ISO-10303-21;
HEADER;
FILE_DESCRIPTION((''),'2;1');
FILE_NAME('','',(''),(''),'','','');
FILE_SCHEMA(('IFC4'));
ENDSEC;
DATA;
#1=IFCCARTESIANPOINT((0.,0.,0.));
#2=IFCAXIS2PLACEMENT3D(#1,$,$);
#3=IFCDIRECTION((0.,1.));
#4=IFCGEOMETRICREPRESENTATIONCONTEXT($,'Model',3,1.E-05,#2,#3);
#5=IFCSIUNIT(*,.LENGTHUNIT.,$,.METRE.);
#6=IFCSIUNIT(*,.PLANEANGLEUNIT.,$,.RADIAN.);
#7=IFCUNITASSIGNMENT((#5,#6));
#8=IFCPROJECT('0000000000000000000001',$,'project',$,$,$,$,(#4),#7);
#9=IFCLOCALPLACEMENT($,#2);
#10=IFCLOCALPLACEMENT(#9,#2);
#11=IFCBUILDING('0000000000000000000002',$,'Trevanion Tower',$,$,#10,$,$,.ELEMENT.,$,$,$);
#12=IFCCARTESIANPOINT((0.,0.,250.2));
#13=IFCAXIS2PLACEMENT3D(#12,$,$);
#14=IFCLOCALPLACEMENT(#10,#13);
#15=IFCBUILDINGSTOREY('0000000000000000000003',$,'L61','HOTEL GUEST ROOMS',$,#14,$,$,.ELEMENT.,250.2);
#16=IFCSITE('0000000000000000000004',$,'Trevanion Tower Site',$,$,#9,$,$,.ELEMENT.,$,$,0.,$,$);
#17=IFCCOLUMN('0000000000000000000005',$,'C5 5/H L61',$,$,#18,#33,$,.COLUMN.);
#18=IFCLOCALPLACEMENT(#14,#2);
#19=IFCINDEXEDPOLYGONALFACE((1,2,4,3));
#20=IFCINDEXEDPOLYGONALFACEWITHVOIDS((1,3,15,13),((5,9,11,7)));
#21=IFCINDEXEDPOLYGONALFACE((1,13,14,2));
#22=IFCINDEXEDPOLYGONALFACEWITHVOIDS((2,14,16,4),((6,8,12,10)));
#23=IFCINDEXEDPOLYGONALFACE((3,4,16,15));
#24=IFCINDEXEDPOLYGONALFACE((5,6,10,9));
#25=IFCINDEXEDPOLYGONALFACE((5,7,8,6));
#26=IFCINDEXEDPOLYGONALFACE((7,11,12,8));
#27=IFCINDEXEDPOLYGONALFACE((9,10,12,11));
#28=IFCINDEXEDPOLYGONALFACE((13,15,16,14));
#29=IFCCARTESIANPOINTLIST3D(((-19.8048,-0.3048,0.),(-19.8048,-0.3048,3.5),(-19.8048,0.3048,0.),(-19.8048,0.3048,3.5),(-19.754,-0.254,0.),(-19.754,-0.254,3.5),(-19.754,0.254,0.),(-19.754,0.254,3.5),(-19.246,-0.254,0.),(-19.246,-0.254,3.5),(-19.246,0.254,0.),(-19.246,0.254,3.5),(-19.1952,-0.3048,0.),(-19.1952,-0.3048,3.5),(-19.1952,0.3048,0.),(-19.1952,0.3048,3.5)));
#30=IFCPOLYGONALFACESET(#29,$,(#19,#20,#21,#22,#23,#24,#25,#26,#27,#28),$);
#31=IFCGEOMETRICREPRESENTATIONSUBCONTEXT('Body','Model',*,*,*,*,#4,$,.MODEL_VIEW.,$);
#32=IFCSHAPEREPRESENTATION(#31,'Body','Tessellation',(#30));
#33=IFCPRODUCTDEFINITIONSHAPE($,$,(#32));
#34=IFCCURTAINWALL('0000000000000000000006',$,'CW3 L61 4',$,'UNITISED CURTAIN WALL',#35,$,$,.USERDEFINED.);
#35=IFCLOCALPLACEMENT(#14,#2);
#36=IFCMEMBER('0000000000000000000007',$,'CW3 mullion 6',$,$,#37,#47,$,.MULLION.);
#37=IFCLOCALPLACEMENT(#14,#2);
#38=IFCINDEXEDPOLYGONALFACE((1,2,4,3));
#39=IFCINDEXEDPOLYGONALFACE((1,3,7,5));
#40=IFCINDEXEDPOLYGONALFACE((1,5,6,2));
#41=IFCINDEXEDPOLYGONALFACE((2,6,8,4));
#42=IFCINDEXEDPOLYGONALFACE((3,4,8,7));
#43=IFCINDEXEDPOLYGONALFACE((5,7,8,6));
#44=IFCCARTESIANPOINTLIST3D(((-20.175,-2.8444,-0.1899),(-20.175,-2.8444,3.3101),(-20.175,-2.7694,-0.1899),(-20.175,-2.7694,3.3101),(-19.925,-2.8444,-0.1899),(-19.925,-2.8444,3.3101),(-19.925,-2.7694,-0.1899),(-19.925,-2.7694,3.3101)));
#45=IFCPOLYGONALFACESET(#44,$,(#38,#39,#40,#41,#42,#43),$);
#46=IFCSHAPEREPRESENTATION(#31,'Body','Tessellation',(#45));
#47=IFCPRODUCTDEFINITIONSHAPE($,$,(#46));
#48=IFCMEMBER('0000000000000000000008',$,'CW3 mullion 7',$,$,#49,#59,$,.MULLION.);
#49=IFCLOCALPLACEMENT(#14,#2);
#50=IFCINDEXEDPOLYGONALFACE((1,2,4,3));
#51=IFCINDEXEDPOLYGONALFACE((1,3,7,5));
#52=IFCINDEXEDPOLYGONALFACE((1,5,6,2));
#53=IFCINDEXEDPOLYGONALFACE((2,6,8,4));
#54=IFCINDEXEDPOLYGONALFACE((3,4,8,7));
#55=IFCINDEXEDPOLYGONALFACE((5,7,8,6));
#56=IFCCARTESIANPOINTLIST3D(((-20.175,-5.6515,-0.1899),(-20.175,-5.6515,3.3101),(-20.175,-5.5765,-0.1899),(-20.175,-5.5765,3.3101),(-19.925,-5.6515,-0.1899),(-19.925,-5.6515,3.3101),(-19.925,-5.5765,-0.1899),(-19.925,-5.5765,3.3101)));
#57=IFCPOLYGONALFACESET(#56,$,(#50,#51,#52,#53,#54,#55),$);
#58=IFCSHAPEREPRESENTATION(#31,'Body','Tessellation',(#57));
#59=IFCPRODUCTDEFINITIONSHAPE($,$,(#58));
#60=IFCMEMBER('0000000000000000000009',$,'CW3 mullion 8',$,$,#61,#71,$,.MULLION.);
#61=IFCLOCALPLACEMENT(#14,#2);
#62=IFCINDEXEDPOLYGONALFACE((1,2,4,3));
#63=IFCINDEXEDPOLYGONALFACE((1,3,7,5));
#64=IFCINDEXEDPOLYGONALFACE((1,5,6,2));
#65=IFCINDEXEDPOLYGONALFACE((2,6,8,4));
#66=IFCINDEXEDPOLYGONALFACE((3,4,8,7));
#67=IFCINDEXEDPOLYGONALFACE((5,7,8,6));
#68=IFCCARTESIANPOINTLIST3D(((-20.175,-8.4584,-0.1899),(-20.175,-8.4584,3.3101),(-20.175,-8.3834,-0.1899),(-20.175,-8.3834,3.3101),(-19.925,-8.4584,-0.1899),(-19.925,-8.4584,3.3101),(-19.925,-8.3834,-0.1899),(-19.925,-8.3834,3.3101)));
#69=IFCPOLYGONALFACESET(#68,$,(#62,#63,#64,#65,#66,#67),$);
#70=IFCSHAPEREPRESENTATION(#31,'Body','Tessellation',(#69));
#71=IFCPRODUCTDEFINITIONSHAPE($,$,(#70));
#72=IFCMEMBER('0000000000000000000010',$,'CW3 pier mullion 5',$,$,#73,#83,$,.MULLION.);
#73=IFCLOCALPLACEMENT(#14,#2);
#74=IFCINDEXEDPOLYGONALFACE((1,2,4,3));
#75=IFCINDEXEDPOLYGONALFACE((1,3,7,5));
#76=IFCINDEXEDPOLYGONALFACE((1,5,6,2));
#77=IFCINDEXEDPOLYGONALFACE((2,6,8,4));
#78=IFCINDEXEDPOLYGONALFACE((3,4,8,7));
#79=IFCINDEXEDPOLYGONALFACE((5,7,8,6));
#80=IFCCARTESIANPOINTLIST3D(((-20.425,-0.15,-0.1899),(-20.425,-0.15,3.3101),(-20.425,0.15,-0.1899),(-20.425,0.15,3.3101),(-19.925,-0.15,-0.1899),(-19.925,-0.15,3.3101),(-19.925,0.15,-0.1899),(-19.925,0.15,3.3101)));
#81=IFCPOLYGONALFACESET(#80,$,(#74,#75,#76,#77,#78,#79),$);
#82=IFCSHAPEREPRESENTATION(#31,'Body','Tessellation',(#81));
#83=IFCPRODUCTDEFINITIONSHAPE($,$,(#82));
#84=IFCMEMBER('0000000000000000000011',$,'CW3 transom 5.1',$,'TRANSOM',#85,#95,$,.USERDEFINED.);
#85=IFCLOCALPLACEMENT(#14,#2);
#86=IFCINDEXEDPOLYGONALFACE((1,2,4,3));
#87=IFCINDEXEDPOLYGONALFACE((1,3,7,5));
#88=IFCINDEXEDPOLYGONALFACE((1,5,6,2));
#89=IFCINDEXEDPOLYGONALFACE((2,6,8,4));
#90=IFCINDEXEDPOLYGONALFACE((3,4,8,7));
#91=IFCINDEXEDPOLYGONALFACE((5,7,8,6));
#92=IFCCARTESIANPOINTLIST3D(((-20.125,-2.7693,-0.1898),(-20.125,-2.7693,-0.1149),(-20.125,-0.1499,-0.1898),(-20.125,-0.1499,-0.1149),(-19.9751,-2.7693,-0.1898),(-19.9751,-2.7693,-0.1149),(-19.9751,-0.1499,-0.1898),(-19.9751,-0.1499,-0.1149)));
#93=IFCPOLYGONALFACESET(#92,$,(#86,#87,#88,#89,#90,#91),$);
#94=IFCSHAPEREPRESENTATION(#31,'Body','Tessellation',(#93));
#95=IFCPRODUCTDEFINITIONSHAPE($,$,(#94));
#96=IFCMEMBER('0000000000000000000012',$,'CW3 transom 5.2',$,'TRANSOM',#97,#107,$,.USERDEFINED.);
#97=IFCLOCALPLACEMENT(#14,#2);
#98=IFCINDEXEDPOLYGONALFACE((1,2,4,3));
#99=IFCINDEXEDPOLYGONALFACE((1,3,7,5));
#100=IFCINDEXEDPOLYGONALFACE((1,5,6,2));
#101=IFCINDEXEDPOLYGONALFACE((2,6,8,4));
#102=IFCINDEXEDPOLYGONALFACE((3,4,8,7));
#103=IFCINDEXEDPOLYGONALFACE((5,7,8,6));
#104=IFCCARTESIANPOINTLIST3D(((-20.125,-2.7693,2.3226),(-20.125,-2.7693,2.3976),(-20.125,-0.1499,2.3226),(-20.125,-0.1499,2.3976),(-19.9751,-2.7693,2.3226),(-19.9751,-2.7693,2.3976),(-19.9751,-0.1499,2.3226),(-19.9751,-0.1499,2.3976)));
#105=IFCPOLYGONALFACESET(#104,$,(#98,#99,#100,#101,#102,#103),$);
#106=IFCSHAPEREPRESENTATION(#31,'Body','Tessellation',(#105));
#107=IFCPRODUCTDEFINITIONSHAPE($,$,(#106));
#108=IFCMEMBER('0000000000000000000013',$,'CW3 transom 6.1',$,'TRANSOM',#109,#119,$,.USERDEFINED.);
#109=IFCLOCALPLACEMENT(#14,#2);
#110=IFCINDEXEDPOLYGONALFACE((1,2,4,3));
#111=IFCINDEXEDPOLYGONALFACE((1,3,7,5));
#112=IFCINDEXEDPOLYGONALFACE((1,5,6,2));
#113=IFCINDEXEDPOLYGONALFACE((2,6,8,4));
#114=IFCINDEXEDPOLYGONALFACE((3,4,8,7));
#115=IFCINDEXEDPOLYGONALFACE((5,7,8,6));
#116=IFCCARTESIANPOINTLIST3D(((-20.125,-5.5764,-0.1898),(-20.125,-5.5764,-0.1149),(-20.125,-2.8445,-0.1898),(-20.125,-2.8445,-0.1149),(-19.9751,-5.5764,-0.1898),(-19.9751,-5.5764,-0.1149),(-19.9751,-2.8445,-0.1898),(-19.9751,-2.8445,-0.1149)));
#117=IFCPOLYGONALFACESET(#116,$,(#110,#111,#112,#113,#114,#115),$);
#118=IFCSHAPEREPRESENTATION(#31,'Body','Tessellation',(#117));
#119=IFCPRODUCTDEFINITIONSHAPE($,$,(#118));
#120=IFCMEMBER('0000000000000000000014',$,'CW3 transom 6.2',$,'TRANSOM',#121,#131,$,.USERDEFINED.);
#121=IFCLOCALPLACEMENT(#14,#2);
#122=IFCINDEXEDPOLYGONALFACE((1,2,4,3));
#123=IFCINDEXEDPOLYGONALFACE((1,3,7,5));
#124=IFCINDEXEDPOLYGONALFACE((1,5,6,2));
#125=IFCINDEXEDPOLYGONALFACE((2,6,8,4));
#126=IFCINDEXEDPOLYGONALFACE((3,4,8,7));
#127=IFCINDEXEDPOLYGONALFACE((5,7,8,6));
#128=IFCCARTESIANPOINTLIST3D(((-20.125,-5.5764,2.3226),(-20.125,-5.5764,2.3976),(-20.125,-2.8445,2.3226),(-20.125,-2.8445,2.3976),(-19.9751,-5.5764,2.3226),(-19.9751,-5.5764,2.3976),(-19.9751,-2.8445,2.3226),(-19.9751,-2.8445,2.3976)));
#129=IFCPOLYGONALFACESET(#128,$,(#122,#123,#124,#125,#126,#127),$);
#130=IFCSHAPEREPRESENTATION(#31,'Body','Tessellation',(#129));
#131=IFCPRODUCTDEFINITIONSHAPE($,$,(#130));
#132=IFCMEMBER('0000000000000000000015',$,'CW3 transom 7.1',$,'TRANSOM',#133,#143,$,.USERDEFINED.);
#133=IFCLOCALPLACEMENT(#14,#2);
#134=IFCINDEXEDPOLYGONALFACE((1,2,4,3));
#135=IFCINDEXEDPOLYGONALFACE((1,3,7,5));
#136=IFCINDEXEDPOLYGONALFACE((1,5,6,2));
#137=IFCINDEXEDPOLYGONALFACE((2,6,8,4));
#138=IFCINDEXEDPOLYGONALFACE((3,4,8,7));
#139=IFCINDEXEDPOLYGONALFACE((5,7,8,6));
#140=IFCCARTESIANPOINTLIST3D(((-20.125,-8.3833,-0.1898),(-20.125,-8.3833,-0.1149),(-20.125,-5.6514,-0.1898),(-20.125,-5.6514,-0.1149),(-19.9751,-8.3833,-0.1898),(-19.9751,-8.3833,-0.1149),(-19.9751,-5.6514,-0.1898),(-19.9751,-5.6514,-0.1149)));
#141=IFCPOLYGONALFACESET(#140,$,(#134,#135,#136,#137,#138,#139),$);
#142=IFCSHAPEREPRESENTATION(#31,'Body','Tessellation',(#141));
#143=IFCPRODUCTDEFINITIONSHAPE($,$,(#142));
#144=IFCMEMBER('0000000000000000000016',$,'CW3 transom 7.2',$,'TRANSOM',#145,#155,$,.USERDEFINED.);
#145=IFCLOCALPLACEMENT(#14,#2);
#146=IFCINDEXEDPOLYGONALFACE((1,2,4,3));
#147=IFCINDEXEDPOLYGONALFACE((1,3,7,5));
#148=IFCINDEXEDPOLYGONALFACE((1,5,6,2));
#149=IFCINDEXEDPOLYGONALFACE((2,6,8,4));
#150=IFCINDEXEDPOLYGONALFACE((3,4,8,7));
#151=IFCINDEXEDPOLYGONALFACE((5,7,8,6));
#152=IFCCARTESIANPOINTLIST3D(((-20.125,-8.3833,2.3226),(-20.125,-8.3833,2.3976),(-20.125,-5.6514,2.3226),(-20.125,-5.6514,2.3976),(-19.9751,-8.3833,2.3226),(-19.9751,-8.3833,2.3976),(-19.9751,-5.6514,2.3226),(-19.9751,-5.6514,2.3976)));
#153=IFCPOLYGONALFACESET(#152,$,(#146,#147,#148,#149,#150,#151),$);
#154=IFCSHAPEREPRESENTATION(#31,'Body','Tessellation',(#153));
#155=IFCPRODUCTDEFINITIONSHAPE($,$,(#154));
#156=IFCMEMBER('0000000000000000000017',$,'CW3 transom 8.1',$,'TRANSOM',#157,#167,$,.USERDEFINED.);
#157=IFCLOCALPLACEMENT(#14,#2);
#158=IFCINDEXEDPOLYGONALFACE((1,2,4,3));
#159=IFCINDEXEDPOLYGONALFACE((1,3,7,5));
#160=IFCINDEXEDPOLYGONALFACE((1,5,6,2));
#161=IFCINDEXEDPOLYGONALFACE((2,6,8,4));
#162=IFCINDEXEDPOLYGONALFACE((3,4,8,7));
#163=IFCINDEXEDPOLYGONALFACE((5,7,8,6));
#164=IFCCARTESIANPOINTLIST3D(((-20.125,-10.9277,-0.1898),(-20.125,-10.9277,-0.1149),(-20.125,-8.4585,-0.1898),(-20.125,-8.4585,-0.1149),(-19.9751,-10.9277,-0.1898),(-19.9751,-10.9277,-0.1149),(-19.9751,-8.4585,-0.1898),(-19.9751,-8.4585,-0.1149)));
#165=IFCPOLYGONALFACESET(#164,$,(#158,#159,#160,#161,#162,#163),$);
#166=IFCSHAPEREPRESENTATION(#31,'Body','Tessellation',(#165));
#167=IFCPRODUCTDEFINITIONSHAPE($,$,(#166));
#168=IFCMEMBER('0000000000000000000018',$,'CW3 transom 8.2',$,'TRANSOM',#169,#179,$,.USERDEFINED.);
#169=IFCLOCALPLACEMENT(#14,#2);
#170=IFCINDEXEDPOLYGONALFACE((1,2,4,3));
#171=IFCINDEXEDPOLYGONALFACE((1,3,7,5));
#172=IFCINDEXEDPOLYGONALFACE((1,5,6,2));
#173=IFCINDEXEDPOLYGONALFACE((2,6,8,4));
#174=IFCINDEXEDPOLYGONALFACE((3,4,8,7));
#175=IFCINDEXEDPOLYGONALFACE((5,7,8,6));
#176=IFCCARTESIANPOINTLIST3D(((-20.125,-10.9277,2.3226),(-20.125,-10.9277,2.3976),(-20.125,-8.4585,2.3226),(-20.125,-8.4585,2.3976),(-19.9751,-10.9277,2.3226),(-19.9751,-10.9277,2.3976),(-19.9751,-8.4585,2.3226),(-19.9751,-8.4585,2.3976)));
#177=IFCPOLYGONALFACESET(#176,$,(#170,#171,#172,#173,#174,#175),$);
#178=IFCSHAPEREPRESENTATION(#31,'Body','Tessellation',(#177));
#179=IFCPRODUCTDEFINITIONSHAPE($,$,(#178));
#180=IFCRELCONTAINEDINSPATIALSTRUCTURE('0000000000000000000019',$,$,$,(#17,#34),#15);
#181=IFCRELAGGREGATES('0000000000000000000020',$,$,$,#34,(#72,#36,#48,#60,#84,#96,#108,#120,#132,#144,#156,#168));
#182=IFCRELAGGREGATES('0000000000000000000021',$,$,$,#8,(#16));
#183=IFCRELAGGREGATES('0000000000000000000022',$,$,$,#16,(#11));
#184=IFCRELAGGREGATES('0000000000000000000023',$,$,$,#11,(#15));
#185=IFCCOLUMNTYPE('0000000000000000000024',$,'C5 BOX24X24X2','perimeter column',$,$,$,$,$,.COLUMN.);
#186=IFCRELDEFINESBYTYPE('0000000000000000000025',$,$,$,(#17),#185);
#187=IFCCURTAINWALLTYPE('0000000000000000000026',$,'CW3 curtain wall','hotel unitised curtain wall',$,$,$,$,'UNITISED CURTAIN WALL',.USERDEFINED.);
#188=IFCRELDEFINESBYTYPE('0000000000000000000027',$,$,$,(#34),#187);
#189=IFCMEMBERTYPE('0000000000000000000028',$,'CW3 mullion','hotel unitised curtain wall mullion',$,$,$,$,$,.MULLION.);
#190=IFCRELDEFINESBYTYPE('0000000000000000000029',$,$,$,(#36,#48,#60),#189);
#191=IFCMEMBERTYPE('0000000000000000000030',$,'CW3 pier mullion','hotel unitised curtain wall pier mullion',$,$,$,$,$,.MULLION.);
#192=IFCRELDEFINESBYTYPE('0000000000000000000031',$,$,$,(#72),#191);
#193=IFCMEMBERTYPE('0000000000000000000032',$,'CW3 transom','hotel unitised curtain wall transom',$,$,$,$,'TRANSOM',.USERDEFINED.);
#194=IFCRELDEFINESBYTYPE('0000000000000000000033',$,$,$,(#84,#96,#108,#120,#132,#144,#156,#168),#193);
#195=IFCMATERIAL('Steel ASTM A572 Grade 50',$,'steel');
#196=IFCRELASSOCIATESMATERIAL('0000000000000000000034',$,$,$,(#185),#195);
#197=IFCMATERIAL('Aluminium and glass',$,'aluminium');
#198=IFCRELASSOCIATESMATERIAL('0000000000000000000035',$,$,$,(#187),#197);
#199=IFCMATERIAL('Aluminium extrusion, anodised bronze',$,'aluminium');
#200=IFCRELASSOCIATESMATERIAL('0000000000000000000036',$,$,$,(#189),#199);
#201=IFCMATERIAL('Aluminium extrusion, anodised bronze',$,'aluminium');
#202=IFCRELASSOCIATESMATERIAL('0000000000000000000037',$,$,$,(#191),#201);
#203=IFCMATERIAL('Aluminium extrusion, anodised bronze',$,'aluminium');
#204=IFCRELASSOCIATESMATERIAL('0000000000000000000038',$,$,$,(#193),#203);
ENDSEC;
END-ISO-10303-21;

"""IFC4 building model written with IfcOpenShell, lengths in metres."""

from ifc_helpers import new_model, si_unit, direction, frame, origin, origin_2d, place, context, subcontext, project, spatial, rectangle, hollow_rectangle, extrude, material, material_profile, profile_set, type_object, element, aggregate, save


model = new_model("IFC4")

# Units and contexts
model_context = context("Model", 3, precision=1e-05, world=origin(), true_north=direction((0.0, 1.0)))
body_context = subcontext(model_context, "Body", "Model", "MODEL_VIEW")
ifc_project = project(units=[si_unit("LENGTHUNIT", "METRE"), si_unit("PLANEANGLEUNIT", "RADIAN")], contexts=[model_context])

# Site, building, storey
site_placement = place(None, origin())
site = spatial("IfcSite", under=ifc_project, at=site_placement, Name="Trevanion Tower Site", CompositionType="ELEMENT", RefElevation=0.0)
building_placement = place(site_placement, origin())
building = spatial("IfcBuilding", under=site, at=building_placement, Name="Trevanion Tower", CompositionType="ELEMENT")
storey_placement = place(building_placement, frame((0.0, 0.0, 250.2)))
storey = spatial("IfcBuildingStorey", under=building, at=storey_placement, Name="L61", Description="HOTEL GUEST ROOMS", CompositionType="ELEMENT", Elevation=250.2)

# Column
ifc_material_1 = material(Name="Steel ASTM A572 Grade 50", Category="steel")
ifc_material_profile_1 = material_profile(ifc_material_1, hollow_rectangle(XDim=0.6096, YDim=0.6096, WallThickness=0.0508, at=origin_2d()), Name="BOX24X24X2")
ifc_profile_set_1 = profile_set([ifc_material_profile_1], Name="Steel ASTM A572 Grade 50")
column_type = type_object("IfcColumnType", Name="C5 BOX24X24X2", Description="perimeter column", PredefinedType="COLUMN", material=ifc_profile_set_1)
column_placement = place(storey_placement, frame((-19.5, 0.0, 0.0), z_axis=(0.0, 0.0, 1.0), x_axis=(0.0, 1.0, 0.0)))
element("IfcColumn", 1, at=column_placement, inside=storey, type_object=column_type, Name="C5 5/H L61", PredefinedType="COLUMN", context=body_context, shape_type="SweptSolid", body=[
    extrude(hollow_rectangle(XDim=0.6096, YDim=0.6096, WallThickness=0.0508, at=origin_2d()), origin(), (0.0, 0.0, 1.0), 3.5),
])

# Curtain wall, members
ifc_material_2 = material(Name="Aluminium and glass", Category="aluminium")
curtain_wall_type = type_object("IfcCurtainWallType", Name="CW3 curtain wall", Description="hotel unitised curtain wall", ElementType="UNITISED CURTAIN WALL", PredefinedType="USERDEFINED", material=ifc_material_2)
curtain_wall_placement = place(storey_placement, origin())
curtain_wall = element("IfcCurtainWall", 2, at=curtain_wall_placement, inside=storey, type_object=curtain_wall_type, Name="CW3 L61 4", ObjectType="UNITISED CURTAIN WALL", PredefinedType="USERDEFINED")
ifc_material_3 = material(Name="Aluminium extrusion, anodised bronze", Category="aluminium")
ifc_material_profile_2 = material_profile(ifc_material_3, rectangle(XDim=0.075, YDim=0.25, at=origin_2d()), Name="CW3 mullion")
ifc_profile_set_2 = profile_set([ifc_material_profile_2], Name="Aluminium extrusion, anodised bronze")
member_type_1 = type_object("IfcMemberType", Name="CW3 mullion", Description="hotel unitised curtain wall mullion", PredefinedType="MULLION", material=ifc_profile_set_2)
member_1_placement = place(storey_placement, frame((-20.05, -2.8069, -0.1899), z_axis=(0.0, 0.0, 1.0), x_axis=(0.0, -1.0, 0.0)))
member_1 = element("IfcMember", 3, at=member_1_placement, type_object=member_type_1, Name="CW3 mullion 6", PredefinedType="MULLION", context=body_context, shape_type="SweptSolid", body=[
    extrude(rectangle(XDim=0.075, YDim=0.25, at=origin_2d()), origin(), (0.0, 0.0, 1.0), 3.5),
])
member_2_placement = place(storey_placement, frame((-20.05, -5.614, -0.1899), z_axis=(0.0, 0.0, 1.0), x_axis=(0.0, -1.0, 0.0)))
member_2 = element("IfcMember", 4, at=member_2_placement, type_object=member_type_1, Name="CW3 mullion 7", PredefinedType="MULLION", context=body_context, shape_type="SweptSolid", body=[
    extrude(rectangle(XDim=0.075, YDim=0.25, at=origin_2d()), origin(), (0.0, 0.0, 1.0), 3.5),
])
member_3_placement = place(storey_placement, frame((-20.05, -8.4209, -0.1899), z_axis=(0.0, 0.0, 1.0), x_axis=(0.0, -1.0, 0.0)))
member_3 = element("IfcMember", 5, at=member_3_placement, type_object=member_type_1, Name="CW3 mullion 8", PredefinedType="MULLION", context=body_context, shape_type="SweptSolid", body=[
    extrude(rectangle(XDim=0.075, YDim=0.25, at=origin_2d()), origin(), (0.0, 0.0, 1.0), 3.5),
])
ifc_material_4 = material(Name="Aluminium extrusion, anodised bronze", Category="aluminium")
ifc_material_profile_3 = material_profile(ifc_material_4, rectangle(XDim=0.3, YDim=0.5, at=origin_2d()), Name="CW3 pier mullion")
ifc_profile_set_3 = profile_set([ifc_material_profile_3], Name="Aluminium extrusion, anodised bronze")
member_type_2 = type_object("IfcMemberType", Name="CW3 pier mullion", Description="hotel unitised curtain wall pier mullion", PredefinedType="MULLION", material=ifc_profile_set_3)
member_4_placement = place(storey_placement, frame((-20.175, 0.0, -0.1899), z_axis=(0.0, 0.0, 1.0), x_axis=(0.0, -1.0, 0.0)))
member_4 = element("IfcMember", 6, at=member_4_placement, type_object=member_type_2, Name="CW3 pier mullion 5", PredefinedType="MULLION", context=body_context, shape_type="SweptSolid", body=[
    extrude(rectangle(XDim=0.3, YDim=0.5, at=origin_2d()), origin(), (0.0, 0.0, 1.0), 3.5),
])
ifc_material_5 = material(Name="Aluminium extrusion, anodised bronze", Category="aluminium")
ifc_material_profile_4 = material_profile(ifc_material_5, rectangle(XDim=0.1499, YDim=0.075, at=origin_2d()), Name="CW3 transom")
ifc_profile_set_4 = profile_set([ifc_material_profile_4], Name="Aluminium extrusion, anodised bronze")
member_type_3 = type_object("IfcMemberType", Name="CW3 transom", Description="hotel unitised curtain wall transom", ElementType="TRANSOM", PredefinedType="USERDEFINED", material=ifc_profile_set_4)
member_5_placement = place(storey_placement, frame((-20.05, -0.1499, -0.1523), z_axis=(0.0, -1.0, 0.0), x_axis=(1.0, 0.0, 0.0)))
member_5 = element("IfcMember", 7, at=member_5_placement, type_object=member_type_3, Name="CW3 transom 5.1", ObjectType="TRANSOM", PredefinedType="USERDEFINED", context=body_context, shape_type="SweptSolid", body=[
    extrude(rectangle(XDim=0.1499, YDim=0.075, at=origin_2d()), origin(), (0.0, 0.0, 1.0), 2.6194),
])
member_6_placement = place(storey_placement, frame((-20.05, -0.1499, 2.3601), z_axis=(0.0, -1.0, 0.0), x_axis=(1.0, 0.0, 0.0)))
member_6 = element("IfcMember", 8, at=member_6_placement, type_object=member_type_3, Name="CW3 transom 5.2", ObjectType="TRANSOM", PredefinedType="USERDEFINED", context=body_context, shape_type="SweptSolid", body=[
    extrude(rectangle(XDim=0.1499, YDim=0.075, at=origin_2d()), origin(), (0.0, 0.0, 1.0), 2.6194),
])
member_7_placement = place(storey_placement, frame((-20.05, -2.8445, -0.1523), z_axis=(0.0, -1.0, 0.0), x_axis=(1.0, 0.0, 0.0)))
member_7 = element("IfcMember", 9, at=member_7_placement, type_object=member_type_3, Name="CW3 transom 6.1", ObjectType="TRANSOM", PredefinedType="USERDEFINED", context=body_context, shape_type="SweptSolid", body=[
    extrude(rectangle(XDim=0.1499, YDim=0.075, at=origin_2d()), origin(), (0.0, 0.0, 1.0), 2.7319),
])
member_8_placement = place(storey_placement, frame((-20.05, -2.8445, 2.3601), z_axis=(0.0, -1.0, 0.0), x_axis=(1.0, 0.0, 0.0)))
member_8 = element("IfcMember", 10, at=member_8_placement, type_object=member_type_3, Name="CW3 transom 6.2", ObjectType="TRANSOM", PredefinedType="USERDEFINED", context=body_context, shape_type="SweptSolid", body=[
    extrude(rectangle(XDim=0.1499, YDim=0.075, at=origin_2d()), origin(), (0.0, 0.0, 1.0), 2.7319),
])
member_9_placement = place(storey_placement, frame((-20.05, -5.6514, -0.1523), z_axis=(0.0, -1.0, 0.0), x_axis=(1.0, 0.0, 0.0)))
member_9 = element("IfcMember", 11, at=member_9_placement, type_object=member_type_3, Name="CW3 transom 7.1", ObjectType="TRANSOM", PredefinedType="USERDEFINED", context=body_context, shape_type="SweptSolid", body=[
    extrude(rectangle(XDim=0.1499, YDim=0.075, at=origin_2d()), origin(), (0.0, 0.0, 1.0), 2.7319),
])
member_10_placement = place(storey_placement, frame((-20.05, -5.6514, 2.3601), z_axis=(0.0, -1.0, 0.0), x_axis=(1.0, 0.0, 0.0)))
member_10 = element("IfcMember", 12, at=member_10_placement, type_object=member_type_3, Name="CW3 transom 7.2", ObjectType="TRANSOM", PredefinedType="USERDEFINED", context=body_context, shape_type="SweptSolid", body=[
    extrude(rectangle(XDim=0.1499, YDim=0.075, at=origin_2d()), origin(), (0.0, 0.0, 1.0), 2.7319),
])
member_11_placement = place(storey_placement, frame((-20.05, -8.4585, -0.1523), z_axis=(0.0, -1.0, 0.0), x_axis=(1.0, 0.0, 0.0)))
member_11 = element("IfcMember", 13, at=member_11_placement, type_object=member_type_3, Name="CW3 transom 8.1", ObjectType="TRANSOM", PredefinedType="USERDEFINED", context=body_context, shape_type="SweptSolid", body=[
    extrude(rectangle(XDim=0.1499, YDim=0.075, at=origin_2d()), origin(), (0.0, 0.0, 1.0), 2.4692),
])
member_12_placement = place(storey_placement, frame((-20.05, -8.4585, 2.3601), z_axis=(0.0, -1.0, 0.0), x_axis=(1.0, 0.0, 0.0)))
member_12 = element("IfcMember", 14, at=member_12_placement, type_object=member_type_3, Name="CW3 transom 8.2", ObjectType="TRANSOM", PredefinedType="USERDEFINED", context=body_context, shape_type="SweptSolid", body=[
    extrude(rectangle(XDim=0.1499, YDim=0.075, at=origin_2d()), origin(), (0.0, 0.0, 1.0), 2.4692),
])

aggregate(curtain_wall, [member_4, member_1, member_2, member_3, member_5, member_6, member_7, member_8, member_9, member_10, member_11, member_12])

save(model, "model.ifc")
